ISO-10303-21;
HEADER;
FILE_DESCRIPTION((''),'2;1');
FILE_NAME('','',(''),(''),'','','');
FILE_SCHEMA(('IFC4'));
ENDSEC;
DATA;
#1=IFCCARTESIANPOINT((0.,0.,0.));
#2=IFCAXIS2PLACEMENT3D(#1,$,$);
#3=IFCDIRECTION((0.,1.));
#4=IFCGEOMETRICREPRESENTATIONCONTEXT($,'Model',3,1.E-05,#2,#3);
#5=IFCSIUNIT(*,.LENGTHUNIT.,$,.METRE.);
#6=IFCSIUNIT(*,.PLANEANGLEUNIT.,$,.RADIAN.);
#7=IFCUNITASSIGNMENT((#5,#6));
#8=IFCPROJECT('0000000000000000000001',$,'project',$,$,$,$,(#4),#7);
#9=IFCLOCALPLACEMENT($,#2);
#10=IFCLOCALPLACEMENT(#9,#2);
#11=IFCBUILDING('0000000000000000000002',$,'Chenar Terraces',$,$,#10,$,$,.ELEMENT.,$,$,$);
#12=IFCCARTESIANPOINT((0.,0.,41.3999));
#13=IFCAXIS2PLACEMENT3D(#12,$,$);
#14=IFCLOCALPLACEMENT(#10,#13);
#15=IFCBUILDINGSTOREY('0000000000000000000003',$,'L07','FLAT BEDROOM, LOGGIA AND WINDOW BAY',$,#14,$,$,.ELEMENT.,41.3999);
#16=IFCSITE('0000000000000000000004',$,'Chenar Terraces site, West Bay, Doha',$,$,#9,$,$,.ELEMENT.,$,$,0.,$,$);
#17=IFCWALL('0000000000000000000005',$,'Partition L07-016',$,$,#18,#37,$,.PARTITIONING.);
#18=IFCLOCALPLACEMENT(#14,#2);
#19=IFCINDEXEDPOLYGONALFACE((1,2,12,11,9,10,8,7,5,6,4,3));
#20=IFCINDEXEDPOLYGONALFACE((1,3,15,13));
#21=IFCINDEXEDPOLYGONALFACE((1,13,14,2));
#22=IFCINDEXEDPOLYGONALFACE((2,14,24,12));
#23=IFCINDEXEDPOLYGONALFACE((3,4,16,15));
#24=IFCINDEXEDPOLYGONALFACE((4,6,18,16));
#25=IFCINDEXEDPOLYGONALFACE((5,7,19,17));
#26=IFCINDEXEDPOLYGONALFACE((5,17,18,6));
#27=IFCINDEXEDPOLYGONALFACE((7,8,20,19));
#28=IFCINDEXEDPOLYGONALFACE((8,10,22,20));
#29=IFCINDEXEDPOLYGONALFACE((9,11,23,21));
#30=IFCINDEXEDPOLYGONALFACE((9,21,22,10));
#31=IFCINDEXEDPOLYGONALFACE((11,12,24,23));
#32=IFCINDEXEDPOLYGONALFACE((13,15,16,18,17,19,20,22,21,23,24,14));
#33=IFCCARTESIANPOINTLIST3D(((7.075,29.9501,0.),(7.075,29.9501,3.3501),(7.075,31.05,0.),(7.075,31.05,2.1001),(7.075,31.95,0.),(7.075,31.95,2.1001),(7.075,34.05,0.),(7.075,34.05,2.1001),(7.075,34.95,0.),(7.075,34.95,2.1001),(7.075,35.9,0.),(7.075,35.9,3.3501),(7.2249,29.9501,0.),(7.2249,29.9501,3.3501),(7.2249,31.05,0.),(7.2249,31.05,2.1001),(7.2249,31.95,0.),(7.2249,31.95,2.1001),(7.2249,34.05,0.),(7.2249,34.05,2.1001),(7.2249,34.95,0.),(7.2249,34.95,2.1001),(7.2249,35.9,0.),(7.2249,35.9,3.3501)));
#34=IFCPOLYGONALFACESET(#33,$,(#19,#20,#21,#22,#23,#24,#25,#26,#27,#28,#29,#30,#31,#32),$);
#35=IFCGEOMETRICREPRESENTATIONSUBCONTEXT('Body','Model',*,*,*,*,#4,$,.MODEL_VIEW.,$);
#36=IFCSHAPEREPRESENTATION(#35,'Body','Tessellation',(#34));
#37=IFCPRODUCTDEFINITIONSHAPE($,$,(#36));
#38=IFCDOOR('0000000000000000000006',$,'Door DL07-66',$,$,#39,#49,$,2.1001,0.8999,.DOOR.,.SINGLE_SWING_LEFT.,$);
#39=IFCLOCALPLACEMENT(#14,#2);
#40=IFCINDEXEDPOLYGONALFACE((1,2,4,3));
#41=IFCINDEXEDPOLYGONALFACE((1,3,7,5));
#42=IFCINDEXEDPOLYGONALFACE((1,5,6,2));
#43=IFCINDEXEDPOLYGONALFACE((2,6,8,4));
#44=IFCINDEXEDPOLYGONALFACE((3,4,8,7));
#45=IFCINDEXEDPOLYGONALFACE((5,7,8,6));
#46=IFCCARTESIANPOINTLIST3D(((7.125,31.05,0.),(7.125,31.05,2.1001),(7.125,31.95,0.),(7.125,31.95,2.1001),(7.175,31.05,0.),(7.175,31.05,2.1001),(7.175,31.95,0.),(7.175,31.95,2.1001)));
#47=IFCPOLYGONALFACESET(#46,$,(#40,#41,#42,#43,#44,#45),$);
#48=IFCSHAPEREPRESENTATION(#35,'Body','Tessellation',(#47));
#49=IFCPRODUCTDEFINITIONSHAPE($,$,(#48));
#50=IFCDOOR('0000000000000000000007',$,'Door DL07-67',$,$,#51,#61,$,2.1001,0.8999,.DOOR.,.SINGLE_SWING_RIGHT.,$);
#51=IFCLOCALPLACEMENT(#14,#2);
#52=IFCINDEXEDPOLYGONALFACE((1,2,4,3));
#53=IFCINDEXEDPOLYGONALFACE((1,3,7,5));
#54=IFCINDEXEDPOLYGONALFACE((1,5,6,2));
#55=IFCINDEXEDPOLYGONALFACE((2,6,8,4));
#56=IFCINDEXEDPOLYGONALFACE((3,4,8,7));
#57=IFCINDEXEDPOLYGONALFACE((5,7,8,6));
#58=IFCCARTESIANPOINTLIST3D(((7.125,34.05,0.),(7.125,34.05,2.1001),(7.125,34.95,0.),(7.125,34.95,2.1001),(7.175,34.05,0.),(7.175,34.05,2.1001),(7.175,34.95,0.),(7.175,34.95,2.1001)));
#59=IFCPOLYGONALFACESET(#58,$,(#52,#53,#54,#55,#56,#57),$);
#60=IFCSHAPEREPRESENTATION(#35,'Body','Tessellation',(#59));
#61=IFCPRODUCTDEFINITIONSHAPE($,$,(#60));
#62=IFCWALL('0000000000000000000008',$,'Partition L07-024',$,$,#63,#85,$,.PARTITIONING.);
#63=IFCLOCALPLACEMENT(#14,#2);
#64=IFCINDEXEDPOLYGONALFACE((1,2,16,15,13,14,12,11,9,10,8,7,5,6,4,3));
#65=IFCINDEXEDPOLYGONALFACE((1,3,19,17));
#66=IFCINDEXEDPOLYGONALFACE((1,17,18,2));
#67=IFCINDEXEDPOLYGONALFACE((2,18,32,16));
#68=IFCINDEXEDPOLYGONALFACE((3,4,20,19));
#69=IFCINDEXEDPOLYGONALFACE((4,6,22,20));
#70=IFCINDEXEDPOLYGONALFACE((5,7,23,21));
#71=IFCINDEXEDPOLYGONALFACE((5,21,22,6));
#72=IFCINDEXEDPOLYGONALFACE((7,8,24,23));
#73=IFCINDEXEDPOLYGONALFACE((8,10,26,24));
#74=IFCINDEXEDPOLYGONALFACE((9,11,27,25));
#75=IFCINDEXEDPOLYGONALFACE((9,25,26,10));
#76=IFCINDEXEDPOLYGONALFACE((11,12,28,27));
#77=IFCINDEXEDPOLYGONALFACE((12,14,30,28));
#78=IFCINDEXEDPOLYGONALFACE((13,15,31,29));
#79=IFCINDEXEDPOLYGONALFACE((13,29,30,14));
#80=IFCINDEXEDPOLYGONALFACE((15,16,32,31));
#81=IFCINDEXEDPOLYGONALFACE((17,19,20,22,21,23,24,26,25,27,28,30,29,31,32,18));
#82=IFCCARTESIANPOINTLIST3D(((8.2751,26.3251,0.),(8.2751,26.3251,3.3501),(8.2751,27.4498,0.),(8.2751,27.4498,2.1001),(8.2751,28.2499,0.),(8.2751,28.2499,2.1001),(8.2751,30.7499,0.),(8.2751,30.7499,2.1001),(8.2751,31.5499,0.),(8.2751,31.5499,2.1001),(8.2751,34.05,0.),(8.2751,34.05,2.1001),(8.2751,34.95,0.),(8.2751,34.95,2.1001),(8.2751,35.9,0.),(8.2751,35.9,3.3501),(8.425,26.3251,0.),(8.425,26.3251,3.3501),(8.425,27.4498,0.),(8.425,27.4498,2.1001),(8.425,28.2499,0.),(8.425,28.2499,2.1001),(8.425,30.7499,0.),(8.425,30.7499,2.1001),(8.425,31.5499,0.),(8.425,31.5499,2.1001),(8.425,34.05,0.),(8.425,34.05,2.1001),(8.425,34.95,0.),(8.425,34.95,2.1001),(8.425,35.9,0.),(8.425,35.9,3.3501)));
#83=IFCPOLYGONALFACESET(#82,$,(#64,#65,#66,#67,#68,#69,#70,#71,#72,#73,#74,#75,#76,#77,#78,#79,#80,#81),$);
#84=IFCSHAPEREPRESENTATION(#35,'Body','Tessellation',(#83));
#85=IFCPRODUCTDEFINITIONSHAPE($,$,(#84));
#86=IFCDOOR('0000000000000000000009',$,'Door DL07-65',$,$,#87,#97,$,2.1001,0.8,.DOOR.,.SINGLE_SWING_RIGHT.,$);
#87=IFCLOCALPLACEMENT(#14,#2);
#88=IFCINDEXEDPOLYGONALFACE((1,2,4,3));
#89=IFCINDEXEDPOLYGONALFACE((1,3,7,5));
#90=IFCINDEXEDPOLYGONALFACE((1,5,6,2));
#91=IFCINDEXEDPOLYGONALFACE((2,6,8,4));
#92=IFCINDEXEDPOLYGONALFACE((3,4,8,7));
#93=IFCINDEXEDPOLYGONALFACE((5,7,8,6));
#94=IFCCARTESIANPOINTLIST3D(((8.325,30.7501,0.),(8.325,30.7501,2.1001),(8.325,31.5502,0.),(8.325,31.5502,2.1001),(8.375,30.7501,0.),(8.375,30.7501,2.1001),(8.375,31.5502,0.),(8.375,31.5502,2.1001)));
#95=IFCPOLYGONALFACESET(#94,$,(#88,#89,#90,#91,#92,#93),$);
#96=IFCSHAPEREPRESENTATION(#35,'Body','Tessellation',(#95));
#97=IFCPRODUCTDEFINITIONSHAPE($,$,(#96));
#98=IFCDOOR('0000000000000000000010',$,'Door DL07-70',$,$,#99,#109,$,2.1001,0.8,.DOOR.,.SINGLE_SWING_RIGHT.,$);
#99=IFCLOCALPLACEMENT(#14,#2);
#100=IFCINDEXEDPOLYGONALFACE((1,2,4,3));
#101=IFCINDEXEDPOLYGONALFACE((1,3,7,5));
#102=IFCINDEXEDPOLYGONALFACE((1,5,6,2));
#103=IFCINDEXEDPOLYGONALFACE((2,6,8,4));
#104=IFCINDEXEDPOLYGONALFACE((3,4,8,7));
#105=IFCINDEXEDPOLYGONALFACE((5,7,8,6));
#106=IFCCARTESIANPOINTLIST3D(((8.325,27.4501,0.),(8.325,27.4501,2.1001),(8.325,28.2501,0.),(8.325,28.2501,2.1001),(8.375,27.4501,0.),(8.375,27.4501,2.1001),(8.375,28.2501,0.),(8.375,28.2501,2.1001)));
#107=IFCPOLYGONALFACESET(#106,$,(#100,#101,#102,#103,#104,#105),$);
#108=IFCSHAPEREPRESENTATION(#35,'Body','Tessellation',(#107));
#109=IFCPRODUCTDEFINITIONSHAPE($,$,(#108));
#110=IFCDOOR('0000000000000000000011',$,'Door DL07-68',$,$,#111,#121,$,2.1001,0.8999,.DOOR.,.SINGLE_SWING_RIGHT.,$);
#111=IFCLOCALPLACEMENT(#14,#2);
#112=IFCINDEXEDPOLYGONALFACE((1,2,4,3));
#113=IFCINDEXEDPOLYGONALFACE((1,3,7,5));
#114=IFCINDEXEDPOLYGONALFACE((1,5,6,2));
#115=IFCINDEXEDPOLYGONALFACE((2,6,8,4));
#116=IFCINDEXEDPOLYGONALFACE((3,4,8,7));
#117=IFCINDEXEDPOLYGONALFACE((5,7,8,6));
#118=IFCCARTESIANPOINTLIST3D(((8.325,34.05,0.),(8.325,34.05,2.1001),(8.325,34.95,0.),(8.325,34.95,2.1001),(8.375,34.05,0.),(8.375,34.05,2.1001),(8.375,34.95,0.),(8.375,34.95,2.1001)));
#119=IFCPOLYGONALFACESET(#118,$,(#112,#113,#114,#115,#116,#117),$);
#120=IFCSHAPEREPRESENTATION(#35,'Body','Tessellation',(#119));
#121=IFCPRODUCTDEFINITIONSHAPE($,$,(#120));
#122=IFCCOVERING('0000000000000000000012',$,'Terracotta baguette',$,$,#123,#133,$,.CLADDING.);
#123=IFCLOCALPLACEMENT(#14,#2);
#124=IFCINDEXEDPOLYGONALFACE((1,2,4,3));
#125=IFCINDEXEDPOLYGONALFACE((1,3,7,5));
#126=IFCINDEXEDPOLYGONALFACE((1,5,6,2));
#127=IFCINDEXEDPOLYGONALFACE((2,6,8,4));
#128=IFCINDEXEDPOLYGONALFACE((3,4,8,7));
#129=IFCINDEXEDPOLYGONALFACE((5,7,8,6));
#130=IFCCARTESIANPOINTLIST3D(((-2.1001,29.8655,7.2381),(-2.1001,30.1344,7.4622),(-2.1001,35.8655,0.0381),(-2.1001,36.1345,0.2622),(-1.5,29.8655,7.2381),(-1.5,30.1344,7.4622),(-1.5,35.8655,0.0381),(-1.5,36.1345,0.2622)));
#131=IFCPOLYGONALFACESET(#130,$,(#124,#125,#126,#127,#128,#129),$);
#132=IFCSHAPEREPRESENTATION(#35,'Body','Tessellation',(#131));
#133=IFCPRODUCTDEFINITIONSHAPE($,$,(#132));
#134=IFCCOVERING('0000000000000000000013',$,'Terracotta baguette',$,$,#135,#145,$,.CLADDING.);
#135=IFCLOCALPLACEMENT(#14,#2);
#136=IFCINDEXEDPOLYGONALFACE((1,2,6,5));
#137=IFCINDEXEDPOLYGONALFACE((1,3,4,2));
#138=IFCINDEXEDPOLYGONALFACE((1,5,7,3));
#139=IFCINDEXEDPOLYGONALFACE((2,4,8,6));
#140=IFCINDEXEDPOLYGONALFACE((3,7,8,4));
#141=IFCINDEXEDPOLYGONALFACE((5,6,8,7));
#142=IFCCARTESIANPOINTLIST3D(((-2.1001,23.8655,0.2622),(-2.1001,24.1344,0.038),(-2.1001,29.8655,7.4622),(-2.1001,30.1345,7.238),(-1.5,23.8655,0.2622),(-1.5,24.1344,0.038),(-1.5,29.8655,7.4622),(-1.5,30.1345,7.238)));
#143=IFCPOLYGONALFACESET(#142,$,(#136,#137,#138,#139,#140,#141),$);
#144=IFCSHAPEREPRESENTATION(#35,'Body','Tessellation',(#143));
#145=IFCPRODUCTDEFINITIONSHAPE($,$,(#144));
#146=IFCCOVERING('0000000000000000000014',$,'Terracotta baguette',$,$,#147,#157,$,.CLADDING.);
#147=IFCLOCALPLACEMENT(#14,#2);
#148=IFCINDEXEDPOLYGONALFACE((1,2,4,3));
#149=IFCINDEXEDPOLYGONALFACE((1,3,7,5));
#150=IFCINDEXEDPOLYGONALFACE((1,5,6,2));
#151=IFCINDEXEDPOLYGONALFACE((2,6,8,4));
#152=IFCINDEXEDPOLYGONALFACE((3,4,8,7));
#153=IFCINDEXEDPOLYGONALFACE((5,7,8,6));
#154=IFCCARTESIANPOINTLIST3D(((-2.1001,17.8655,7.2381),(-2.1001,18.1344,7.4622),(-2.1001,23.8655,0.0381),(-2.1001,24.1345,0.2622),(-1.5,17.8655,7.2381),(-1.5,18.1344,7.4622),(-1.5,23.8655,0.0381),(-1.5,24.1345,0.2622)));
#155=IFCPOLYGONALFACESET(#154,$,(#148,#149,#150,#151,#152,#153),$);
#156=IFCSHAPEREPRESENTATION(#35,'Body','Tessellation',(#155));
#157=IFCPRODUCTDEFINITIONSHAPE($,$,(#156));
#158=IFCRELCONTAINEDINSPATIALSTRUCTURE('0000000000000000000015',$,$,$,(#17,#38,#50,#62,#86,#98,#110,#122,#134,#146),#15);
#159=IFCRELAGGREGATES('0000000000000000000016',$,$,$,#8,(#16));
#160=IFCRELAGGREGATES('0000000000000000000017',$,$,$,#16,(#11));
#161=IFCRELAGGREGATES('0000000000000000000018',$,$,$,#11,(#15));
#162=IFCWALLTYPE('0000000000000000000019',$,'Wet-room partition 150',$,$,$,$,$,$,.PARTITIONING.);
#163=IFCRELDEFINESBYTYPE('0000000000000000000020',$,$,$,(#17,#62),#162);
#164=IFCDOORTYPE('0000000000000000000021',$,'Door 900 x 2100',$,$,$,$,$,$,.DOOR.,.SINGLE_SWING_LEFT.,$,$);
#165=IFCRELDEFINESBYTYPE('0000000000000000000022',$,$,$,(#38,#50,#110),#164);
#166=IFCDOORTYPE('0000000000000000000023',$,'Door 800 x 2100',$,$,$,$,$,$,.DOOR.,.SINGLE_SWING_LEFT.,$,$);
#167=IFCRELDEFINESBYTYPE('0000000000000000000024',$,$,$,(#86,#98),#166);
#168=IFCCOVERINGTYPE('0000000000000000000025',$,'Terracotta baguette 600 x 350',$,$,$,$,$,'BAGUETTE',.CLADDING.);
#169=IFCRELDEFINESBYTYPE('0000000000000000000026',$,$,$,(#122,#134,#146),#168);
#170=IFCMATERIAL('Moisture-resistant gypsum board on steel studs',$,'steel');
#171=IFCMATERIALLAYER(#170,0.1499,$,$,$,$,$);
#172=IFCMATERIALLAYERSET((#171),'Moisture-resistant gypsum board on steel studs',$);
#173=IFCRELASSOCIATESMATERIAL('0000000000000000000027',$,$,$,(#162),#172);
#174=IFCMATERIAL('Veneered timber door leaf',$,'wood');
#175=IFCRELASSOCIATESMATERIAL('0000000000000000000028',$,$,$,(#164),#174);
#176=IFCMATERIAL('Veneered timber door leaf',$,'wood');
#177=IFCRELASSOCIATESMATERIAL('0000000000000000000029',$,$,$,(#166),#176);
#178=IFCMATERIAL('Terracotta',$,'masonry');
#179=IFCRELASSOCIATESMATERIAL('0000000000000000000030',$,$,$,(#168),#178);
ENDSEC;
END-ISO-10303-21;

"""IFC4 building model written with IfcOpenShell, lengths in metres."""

from ifc_helpers import new_model, si_unit, direction, frame, frame_2d, origin, origin_2d, place, context, subcontext, project, spatial, rectangle, extrude, material, layer, layer_set, material_profile, profile_set, type_object, element, fill, save


model = new_model("IFC4")

# Units and contexts
model_context = context("Model", 3, precision=1e-05, world=origin(), true_north=direction((0.0, 1.0)))
body_context = subcontext(model_context, "Body", "Model", "MODEL_VIEW")
ifc_project = project(units=[si_unit("LENGTHUNIT", "METRE"), si_unit("PLANEANGLEUNIT", "RADIAN")], contexts=[model_context])

# Site, building, storey
site_placement = place(None, origin())
site = spatial("IfcSite", under=ifc_project, at=site_placement, Name="Chenar Terraces site, West Bay, Doha", CompositionType="ELEMENT", RefElevation=0.0)
building_placement = place(site_placement, origin())
building = spatial("IfcBuilding", under=site, at=building_placement, Name="Chenar Terraces", CompositionType="ELEMENT")
storey_placement = place(building_placement, frame((0.0, 0.0, 41.3999)))
storey = spatial("IfcBuildingStorey", under=building, at=storey_placement, Name="L07", Description="FLAT BEDROOM, LOGGIA AND WINDOW BAY", CompositionType="ELEMENT", Elevation=41.3999)

# Walls, openings, doors
ifc_material_1 = material(Name="Moisture-resistant gypsum board on steel studs", Category="steel")
ifc_layer_1 = layer(ifc_material_1, 0.1499)
ifc_layer_set_1 = layer_set([ifc_layer_1], Name="Moisture-resistant gypsum board on steel studs")
wall_type_1 = type_object("IfcWallType", Name="Wet-room partition 150", PredefinedType="PARTITIONING", material=ifc_layer_set_1)
wall_1_placement = place(storey_placement, frame((7.1499, 29.95, 0.0), z_axis=(0.0, 0.0, 1.0), x_axis=(0.0, 1.0, 0.0)))
wall_1 = element("IfcWall", 1, at=wall_1_placement, inside=storey, type_object=wall_type_1, Name="Partition L07-016", PredefinedType="PARTITIONING", context=body_context, shape_type="SweptSolid", body=[
    extrude(rectangle(XDim=5.95, YDim=0.1499, at=frame_2d((2.9751, 0.0))), origin(), (0.0, 0.0, 1.0), 3.3501),
])
opening_1_placement = place(wall_1_placement, frame((1.1001, 0.0, 0.0)))
opening_1 = element("IfcOpeningElement", 2, at=opening_1_placement, cuts=wall_1, PredefinedType="OPENING", context=body_context, shape_type="SweptSolid", body=[
    extrude(rectangle(XDim=0.8999, YDim=2.1001, at=frame_2d((0.45, 1.05))), frame((0.0, 0.085, 0.0), z_axis=(0.0, -1.0, 0.0), x_axis=(1.0, 0.0, 0.0)), (0.0, 0.0, 1.0), 0.1699),
])
opening_2_placement = place(wall_1_placement, frame((4.1001, 0.0, 0.0)))
opening_2 = element("IfcOpeningElement", 3, at=opening_2_placement, cuts=wall_1, PredefinedType="OPENING", context=body_context, shape_type="SweptSolid", body=[
    extrude(rectangle(XDim=0.8999, YDim=2.1001, at=frame_2d((0.45, 1.05))), frame((0.0, 0.085, 0.0), z_axis=(0.0, -1.0, 0.0), x_axis=(1.0, 0.0, 0.0)), (0.0, 0.0, 1.0), 0.1699),
])
ifc_material_2 = material(Name="Veneered timber door leaf", Category="wood")
door_type_1 = type_object("IfcDoorType", Name="Door 900 x 2100", OperationType="SINGLE_SWING_LEFT", PredefinedType="DOOR", material=ifc_material_2)
door_1_placement = place(opening_1_placement, origin())
door_1 = element("IfcDoor", 4, at=door_1_placement, inside=storey, type_object=door_type_1, Name="Door DL07-66", OperationType="SINGLE_SWING_LEFT", OverallHeight=2.1001, OverallWidth=0.8999, PredefinedType="DOOR", context=body_context, shape_type="SweptSolid", body=[
    extrude(rectangle(XDim=0.8999, YDim=2.1001, at=frame_2d((0.45, 1.05))), frame((0.0, 0.0249, 0.0), z_axis=(0.0, -1.0, 0.0), x_axis=(1.0, 0.0, 0.0)), (0.0, 0.0, 1.0), 0.05),
])
fill(opening_1, door_1)
door_2_placement = place(opening_2_placement, origin())
door_2 = element("IfcDoor", 5, at=door_2_placement, inside=storey, type_object=door_type_1, Name="Door DL07-67", OperationType="SINGLE_SWING_RIGHT", OverallHeight=2.1001, OverallWidth=0.8999, PredefinedType="DOOR", context=body_context, shape_type="SweptSolid", body=[
    extrude(rectangle(XDim=0.8999, YDim=2.1001, at=frame_2d((0.45, 1.05))), frame((0.0, 0.0249, 0.0), z_axis=(0.0, -1.0, 0.0), x_axis=(1.0, 0.0, 0.0)), (0.0, 0.0, 1.0), 0.05),
])
fill(opening_2, door_2)
wall_2_placement = place(storey_placement, frame((8.3501, 26.325, 0.0), z_axis=(0.0, 0.0, 1.0), x_axis=(0.0, 1.0, 0.0)))
wall_2 = element("IfcWall", 6, at=wall_2_placement, inside=storey, type_object=wall_type_1, Name="Partition L07-024", PredefinedType="PARTITIONING", context=body_context, shape_type="SweptSolid", body=[
    extrude(rectangle(XDim=9.575, YDim=0.1499, at=frame_2d((4.7876, 0.0))), origin(), (0.0, 0.0, 1.0), 3.3501),
])
opening_3_placement = place(wall_2_placement, frame((4.425, 0.0, 0.0)))
opening_3 = element("IfcOpeningElement", 7, at=opening_3_placement, cuts=wall_2, PredefinedType="OPENING", context=body_context, shape_type="SweptSolid", body=[
    extrude(rectangle(XDim=0.8, YDim=2.1001, at=frame_2d((0.3999, 1.05))), frame((0.0, 0.085, 0.0), z_axis=(0.0, -1.0, 0.0), x_axis=(1.0, 0.0, 0.0)), (0.0, 0.0, 1.0), 0.1699),
])
opening_4_placement = place(wall_2_placement, frame((7.7251, 0.0, 0.0)))
opening_4 = element("IfcOpeningElement", 8, at=opening_4_placement, cuts=wall_2, PredefinedType="OPENING", context=body_context, shape_type="SweptSolid", body=[
    extrude(rectangle(XDim=0.8999, YDim=2.1001, at=frame_2d((0.45, 1.05))), frame((0.0, 0.085, 0.0), z_axis=(0.0, -1.0, 0.0), x_axis=(1.0, 0.0, 0.0)), (0.0, 0.0, 1.0), 0.1699),
])
opening_5_placement = place(wall_2_placement, frame((1.125, 0.0, 0.0)))
opening_5 = element("IfcOpeningElement", 9, at=opening_5_placement, cuts=wall_2, PredefinedType="OPENING", context=body_context, shape_type="SweptSolid", body=[
    extrude(rectangle(XDim=0.8, YDim=2.1001, at=frame_2d((0.3999, 1.05))), frame((0.0, 0.085, 0.0), z_axis=(0.0, -1.0, 0.0), x_axis=(1.0, 0.0, 0.0)), (0.0, 0.0, 1.0), 0.1699),
])
ifc_material_3 = material(Name="Veneered timber door leaf", Category="wood")
door_type_2 = type_object("IfcDoorType", Name="Door 800 x 2100", OperationType="SINGLE_SWING_LEFT", PredefinedType="DOOR", material=ifc_material_3)
door_3_placement = place(opening_3_placement, frame((0.8, 0.0, 0.0), z_axis=(0.0, 0.0, 1.0), x_axis=(-1.0, 0.0, 0.0)))
door_3 = element("IfcDoor", 10, at=door_3_placement, inside=storey, type_object=door_type_2, Name="Door DL07-65", OperationType="SINGLE_SWING_RIGHT", OverallHeight=2.1001, OverallWidth=0.8, PredefinedType="DOOR", context=body_context, shape_type="SweptSolid", body=[
    extrude(rectangle(XDim=0.8, YDim=2.1001, at=frame_2d((0.3999, 1.05))), frame((0.0, 0.0249, 0.0), z_axis=(0.0, -1.0, 0.0), x_axis=(1.0, 0.0, 0.0)), (0.0, 0.0, 1.0), 0.05),
])
fill(opening_3, door_3)
door_4_placement = place(opening_5_placement, frame((0.8, 0.0, 0.0), z_axis=(0.0, 0.0, 1.0), x_axis=(-1.0, 0.0, 0.0)))
door_4 = element("IfcDoor", 11, at=door_4_placement, inside=storey, type_object=door_type_2, Name="Door DL07-70", OperationType="SINGLE_SWING_RIGHT", OverallHeight=2.1001, OverallWidth=0.8, PredefinedType="DOOR", context=body_context, shape_type="SweptSolid", body=[
    extrude(rectangle(XDim=0.8, YDim=2.1001, at=frame_2d((0.3999, 1.05))), frame((0.0, 0.0249, 0.0), z_axis=(0.0, -1.0, 0.0), x_axis=(1.0, 0.0, 0.0)), (0.0, 0.0, 1.0), 0.05),
])
fill(opening_5, door_4)
door_5_placement = place(opening_4_placement, frame((0.8999, 0.0, 0.0), z_axis=(0.0, 0.0, 1.0), x_axis=(-1.0, 0.0, 0.0)))
door_5 = element("IfcDoor", 12, at=door_5_placement, inside=storey, type_object=door_type_1, Name="Door DL07-68", OperationType="SINGLE_SWING_RIGHT", OverallHeight=2.1001, OverallWidth=0.8999, PredefinedType="DOOR", context=body_context, shape_type="SweptSolid", body=[
    extrude(rectangle(XDim=0.8999, YDim=2.1001, at=frame_2d((0.45, 1.05))), frame((0.0, 0.0249, 0.0), z_axis=(0.0, -1.0, 0.0), x_axis=(1.0, 0.0, 0.0)), (0.0, 0.0, 1.0), 0.05),
])
fill(opening_4, door_5)

# Coverings
ifc_material_4 = material(Name="Terracotta", Category="masonry")
ifc_material_profile_1 = material_profile(ifc_material_4, rectangle(XDim=0.6001, YDim=0.3501, at=origin_2d()), Name="Terracotta baguette 600 x 350")
ifc_profile_set_1 = profile_set([ifc_material_profile_1], Name="Terracotta")
covering_type = type_object("IfcCoveringType", Name="Terracotta baguette 600 x 350", ElementType="BAGUETTE", PredefinedType="CLADDING", material=ifc_profile_set_1)
for number, where, z_axis, x_axis, name in (
    (13, (-1.8, 36.0, 0.1501), (0.0, -0.640187, 0.768219), (1.0, 0.0, 0.0), "Terracotta baguette"),
    (14, (-1.8, 30.0, 7.3501), (0.0, -0.640187, -0.768219), (1.0, 0.0, 0.0), "Terracotta baguette"),
    (15, (-1.8, 24.0, 0.1501), (0.0, -0.640187, 0.768219), (1.0, 0.0, 0.0), "Terracotta baguette"),
):
    element("IfcCovering", number, at=place(storey_placement, frame(where, z_axis=z_axis, x_axis=x_axis)), inside=storey, type_object=covering_type, Name=name, PredefinedType="CLADDING", context=body_context, shape_type="SweptSolid", body=[
        extrude(rectangle(XDim=0.6001, YDim=0.3501, at=origin_2d()), origin(), (0.0, 0.0, 1.0), 9.3723),
    ])

save(model, "model.ifc")
